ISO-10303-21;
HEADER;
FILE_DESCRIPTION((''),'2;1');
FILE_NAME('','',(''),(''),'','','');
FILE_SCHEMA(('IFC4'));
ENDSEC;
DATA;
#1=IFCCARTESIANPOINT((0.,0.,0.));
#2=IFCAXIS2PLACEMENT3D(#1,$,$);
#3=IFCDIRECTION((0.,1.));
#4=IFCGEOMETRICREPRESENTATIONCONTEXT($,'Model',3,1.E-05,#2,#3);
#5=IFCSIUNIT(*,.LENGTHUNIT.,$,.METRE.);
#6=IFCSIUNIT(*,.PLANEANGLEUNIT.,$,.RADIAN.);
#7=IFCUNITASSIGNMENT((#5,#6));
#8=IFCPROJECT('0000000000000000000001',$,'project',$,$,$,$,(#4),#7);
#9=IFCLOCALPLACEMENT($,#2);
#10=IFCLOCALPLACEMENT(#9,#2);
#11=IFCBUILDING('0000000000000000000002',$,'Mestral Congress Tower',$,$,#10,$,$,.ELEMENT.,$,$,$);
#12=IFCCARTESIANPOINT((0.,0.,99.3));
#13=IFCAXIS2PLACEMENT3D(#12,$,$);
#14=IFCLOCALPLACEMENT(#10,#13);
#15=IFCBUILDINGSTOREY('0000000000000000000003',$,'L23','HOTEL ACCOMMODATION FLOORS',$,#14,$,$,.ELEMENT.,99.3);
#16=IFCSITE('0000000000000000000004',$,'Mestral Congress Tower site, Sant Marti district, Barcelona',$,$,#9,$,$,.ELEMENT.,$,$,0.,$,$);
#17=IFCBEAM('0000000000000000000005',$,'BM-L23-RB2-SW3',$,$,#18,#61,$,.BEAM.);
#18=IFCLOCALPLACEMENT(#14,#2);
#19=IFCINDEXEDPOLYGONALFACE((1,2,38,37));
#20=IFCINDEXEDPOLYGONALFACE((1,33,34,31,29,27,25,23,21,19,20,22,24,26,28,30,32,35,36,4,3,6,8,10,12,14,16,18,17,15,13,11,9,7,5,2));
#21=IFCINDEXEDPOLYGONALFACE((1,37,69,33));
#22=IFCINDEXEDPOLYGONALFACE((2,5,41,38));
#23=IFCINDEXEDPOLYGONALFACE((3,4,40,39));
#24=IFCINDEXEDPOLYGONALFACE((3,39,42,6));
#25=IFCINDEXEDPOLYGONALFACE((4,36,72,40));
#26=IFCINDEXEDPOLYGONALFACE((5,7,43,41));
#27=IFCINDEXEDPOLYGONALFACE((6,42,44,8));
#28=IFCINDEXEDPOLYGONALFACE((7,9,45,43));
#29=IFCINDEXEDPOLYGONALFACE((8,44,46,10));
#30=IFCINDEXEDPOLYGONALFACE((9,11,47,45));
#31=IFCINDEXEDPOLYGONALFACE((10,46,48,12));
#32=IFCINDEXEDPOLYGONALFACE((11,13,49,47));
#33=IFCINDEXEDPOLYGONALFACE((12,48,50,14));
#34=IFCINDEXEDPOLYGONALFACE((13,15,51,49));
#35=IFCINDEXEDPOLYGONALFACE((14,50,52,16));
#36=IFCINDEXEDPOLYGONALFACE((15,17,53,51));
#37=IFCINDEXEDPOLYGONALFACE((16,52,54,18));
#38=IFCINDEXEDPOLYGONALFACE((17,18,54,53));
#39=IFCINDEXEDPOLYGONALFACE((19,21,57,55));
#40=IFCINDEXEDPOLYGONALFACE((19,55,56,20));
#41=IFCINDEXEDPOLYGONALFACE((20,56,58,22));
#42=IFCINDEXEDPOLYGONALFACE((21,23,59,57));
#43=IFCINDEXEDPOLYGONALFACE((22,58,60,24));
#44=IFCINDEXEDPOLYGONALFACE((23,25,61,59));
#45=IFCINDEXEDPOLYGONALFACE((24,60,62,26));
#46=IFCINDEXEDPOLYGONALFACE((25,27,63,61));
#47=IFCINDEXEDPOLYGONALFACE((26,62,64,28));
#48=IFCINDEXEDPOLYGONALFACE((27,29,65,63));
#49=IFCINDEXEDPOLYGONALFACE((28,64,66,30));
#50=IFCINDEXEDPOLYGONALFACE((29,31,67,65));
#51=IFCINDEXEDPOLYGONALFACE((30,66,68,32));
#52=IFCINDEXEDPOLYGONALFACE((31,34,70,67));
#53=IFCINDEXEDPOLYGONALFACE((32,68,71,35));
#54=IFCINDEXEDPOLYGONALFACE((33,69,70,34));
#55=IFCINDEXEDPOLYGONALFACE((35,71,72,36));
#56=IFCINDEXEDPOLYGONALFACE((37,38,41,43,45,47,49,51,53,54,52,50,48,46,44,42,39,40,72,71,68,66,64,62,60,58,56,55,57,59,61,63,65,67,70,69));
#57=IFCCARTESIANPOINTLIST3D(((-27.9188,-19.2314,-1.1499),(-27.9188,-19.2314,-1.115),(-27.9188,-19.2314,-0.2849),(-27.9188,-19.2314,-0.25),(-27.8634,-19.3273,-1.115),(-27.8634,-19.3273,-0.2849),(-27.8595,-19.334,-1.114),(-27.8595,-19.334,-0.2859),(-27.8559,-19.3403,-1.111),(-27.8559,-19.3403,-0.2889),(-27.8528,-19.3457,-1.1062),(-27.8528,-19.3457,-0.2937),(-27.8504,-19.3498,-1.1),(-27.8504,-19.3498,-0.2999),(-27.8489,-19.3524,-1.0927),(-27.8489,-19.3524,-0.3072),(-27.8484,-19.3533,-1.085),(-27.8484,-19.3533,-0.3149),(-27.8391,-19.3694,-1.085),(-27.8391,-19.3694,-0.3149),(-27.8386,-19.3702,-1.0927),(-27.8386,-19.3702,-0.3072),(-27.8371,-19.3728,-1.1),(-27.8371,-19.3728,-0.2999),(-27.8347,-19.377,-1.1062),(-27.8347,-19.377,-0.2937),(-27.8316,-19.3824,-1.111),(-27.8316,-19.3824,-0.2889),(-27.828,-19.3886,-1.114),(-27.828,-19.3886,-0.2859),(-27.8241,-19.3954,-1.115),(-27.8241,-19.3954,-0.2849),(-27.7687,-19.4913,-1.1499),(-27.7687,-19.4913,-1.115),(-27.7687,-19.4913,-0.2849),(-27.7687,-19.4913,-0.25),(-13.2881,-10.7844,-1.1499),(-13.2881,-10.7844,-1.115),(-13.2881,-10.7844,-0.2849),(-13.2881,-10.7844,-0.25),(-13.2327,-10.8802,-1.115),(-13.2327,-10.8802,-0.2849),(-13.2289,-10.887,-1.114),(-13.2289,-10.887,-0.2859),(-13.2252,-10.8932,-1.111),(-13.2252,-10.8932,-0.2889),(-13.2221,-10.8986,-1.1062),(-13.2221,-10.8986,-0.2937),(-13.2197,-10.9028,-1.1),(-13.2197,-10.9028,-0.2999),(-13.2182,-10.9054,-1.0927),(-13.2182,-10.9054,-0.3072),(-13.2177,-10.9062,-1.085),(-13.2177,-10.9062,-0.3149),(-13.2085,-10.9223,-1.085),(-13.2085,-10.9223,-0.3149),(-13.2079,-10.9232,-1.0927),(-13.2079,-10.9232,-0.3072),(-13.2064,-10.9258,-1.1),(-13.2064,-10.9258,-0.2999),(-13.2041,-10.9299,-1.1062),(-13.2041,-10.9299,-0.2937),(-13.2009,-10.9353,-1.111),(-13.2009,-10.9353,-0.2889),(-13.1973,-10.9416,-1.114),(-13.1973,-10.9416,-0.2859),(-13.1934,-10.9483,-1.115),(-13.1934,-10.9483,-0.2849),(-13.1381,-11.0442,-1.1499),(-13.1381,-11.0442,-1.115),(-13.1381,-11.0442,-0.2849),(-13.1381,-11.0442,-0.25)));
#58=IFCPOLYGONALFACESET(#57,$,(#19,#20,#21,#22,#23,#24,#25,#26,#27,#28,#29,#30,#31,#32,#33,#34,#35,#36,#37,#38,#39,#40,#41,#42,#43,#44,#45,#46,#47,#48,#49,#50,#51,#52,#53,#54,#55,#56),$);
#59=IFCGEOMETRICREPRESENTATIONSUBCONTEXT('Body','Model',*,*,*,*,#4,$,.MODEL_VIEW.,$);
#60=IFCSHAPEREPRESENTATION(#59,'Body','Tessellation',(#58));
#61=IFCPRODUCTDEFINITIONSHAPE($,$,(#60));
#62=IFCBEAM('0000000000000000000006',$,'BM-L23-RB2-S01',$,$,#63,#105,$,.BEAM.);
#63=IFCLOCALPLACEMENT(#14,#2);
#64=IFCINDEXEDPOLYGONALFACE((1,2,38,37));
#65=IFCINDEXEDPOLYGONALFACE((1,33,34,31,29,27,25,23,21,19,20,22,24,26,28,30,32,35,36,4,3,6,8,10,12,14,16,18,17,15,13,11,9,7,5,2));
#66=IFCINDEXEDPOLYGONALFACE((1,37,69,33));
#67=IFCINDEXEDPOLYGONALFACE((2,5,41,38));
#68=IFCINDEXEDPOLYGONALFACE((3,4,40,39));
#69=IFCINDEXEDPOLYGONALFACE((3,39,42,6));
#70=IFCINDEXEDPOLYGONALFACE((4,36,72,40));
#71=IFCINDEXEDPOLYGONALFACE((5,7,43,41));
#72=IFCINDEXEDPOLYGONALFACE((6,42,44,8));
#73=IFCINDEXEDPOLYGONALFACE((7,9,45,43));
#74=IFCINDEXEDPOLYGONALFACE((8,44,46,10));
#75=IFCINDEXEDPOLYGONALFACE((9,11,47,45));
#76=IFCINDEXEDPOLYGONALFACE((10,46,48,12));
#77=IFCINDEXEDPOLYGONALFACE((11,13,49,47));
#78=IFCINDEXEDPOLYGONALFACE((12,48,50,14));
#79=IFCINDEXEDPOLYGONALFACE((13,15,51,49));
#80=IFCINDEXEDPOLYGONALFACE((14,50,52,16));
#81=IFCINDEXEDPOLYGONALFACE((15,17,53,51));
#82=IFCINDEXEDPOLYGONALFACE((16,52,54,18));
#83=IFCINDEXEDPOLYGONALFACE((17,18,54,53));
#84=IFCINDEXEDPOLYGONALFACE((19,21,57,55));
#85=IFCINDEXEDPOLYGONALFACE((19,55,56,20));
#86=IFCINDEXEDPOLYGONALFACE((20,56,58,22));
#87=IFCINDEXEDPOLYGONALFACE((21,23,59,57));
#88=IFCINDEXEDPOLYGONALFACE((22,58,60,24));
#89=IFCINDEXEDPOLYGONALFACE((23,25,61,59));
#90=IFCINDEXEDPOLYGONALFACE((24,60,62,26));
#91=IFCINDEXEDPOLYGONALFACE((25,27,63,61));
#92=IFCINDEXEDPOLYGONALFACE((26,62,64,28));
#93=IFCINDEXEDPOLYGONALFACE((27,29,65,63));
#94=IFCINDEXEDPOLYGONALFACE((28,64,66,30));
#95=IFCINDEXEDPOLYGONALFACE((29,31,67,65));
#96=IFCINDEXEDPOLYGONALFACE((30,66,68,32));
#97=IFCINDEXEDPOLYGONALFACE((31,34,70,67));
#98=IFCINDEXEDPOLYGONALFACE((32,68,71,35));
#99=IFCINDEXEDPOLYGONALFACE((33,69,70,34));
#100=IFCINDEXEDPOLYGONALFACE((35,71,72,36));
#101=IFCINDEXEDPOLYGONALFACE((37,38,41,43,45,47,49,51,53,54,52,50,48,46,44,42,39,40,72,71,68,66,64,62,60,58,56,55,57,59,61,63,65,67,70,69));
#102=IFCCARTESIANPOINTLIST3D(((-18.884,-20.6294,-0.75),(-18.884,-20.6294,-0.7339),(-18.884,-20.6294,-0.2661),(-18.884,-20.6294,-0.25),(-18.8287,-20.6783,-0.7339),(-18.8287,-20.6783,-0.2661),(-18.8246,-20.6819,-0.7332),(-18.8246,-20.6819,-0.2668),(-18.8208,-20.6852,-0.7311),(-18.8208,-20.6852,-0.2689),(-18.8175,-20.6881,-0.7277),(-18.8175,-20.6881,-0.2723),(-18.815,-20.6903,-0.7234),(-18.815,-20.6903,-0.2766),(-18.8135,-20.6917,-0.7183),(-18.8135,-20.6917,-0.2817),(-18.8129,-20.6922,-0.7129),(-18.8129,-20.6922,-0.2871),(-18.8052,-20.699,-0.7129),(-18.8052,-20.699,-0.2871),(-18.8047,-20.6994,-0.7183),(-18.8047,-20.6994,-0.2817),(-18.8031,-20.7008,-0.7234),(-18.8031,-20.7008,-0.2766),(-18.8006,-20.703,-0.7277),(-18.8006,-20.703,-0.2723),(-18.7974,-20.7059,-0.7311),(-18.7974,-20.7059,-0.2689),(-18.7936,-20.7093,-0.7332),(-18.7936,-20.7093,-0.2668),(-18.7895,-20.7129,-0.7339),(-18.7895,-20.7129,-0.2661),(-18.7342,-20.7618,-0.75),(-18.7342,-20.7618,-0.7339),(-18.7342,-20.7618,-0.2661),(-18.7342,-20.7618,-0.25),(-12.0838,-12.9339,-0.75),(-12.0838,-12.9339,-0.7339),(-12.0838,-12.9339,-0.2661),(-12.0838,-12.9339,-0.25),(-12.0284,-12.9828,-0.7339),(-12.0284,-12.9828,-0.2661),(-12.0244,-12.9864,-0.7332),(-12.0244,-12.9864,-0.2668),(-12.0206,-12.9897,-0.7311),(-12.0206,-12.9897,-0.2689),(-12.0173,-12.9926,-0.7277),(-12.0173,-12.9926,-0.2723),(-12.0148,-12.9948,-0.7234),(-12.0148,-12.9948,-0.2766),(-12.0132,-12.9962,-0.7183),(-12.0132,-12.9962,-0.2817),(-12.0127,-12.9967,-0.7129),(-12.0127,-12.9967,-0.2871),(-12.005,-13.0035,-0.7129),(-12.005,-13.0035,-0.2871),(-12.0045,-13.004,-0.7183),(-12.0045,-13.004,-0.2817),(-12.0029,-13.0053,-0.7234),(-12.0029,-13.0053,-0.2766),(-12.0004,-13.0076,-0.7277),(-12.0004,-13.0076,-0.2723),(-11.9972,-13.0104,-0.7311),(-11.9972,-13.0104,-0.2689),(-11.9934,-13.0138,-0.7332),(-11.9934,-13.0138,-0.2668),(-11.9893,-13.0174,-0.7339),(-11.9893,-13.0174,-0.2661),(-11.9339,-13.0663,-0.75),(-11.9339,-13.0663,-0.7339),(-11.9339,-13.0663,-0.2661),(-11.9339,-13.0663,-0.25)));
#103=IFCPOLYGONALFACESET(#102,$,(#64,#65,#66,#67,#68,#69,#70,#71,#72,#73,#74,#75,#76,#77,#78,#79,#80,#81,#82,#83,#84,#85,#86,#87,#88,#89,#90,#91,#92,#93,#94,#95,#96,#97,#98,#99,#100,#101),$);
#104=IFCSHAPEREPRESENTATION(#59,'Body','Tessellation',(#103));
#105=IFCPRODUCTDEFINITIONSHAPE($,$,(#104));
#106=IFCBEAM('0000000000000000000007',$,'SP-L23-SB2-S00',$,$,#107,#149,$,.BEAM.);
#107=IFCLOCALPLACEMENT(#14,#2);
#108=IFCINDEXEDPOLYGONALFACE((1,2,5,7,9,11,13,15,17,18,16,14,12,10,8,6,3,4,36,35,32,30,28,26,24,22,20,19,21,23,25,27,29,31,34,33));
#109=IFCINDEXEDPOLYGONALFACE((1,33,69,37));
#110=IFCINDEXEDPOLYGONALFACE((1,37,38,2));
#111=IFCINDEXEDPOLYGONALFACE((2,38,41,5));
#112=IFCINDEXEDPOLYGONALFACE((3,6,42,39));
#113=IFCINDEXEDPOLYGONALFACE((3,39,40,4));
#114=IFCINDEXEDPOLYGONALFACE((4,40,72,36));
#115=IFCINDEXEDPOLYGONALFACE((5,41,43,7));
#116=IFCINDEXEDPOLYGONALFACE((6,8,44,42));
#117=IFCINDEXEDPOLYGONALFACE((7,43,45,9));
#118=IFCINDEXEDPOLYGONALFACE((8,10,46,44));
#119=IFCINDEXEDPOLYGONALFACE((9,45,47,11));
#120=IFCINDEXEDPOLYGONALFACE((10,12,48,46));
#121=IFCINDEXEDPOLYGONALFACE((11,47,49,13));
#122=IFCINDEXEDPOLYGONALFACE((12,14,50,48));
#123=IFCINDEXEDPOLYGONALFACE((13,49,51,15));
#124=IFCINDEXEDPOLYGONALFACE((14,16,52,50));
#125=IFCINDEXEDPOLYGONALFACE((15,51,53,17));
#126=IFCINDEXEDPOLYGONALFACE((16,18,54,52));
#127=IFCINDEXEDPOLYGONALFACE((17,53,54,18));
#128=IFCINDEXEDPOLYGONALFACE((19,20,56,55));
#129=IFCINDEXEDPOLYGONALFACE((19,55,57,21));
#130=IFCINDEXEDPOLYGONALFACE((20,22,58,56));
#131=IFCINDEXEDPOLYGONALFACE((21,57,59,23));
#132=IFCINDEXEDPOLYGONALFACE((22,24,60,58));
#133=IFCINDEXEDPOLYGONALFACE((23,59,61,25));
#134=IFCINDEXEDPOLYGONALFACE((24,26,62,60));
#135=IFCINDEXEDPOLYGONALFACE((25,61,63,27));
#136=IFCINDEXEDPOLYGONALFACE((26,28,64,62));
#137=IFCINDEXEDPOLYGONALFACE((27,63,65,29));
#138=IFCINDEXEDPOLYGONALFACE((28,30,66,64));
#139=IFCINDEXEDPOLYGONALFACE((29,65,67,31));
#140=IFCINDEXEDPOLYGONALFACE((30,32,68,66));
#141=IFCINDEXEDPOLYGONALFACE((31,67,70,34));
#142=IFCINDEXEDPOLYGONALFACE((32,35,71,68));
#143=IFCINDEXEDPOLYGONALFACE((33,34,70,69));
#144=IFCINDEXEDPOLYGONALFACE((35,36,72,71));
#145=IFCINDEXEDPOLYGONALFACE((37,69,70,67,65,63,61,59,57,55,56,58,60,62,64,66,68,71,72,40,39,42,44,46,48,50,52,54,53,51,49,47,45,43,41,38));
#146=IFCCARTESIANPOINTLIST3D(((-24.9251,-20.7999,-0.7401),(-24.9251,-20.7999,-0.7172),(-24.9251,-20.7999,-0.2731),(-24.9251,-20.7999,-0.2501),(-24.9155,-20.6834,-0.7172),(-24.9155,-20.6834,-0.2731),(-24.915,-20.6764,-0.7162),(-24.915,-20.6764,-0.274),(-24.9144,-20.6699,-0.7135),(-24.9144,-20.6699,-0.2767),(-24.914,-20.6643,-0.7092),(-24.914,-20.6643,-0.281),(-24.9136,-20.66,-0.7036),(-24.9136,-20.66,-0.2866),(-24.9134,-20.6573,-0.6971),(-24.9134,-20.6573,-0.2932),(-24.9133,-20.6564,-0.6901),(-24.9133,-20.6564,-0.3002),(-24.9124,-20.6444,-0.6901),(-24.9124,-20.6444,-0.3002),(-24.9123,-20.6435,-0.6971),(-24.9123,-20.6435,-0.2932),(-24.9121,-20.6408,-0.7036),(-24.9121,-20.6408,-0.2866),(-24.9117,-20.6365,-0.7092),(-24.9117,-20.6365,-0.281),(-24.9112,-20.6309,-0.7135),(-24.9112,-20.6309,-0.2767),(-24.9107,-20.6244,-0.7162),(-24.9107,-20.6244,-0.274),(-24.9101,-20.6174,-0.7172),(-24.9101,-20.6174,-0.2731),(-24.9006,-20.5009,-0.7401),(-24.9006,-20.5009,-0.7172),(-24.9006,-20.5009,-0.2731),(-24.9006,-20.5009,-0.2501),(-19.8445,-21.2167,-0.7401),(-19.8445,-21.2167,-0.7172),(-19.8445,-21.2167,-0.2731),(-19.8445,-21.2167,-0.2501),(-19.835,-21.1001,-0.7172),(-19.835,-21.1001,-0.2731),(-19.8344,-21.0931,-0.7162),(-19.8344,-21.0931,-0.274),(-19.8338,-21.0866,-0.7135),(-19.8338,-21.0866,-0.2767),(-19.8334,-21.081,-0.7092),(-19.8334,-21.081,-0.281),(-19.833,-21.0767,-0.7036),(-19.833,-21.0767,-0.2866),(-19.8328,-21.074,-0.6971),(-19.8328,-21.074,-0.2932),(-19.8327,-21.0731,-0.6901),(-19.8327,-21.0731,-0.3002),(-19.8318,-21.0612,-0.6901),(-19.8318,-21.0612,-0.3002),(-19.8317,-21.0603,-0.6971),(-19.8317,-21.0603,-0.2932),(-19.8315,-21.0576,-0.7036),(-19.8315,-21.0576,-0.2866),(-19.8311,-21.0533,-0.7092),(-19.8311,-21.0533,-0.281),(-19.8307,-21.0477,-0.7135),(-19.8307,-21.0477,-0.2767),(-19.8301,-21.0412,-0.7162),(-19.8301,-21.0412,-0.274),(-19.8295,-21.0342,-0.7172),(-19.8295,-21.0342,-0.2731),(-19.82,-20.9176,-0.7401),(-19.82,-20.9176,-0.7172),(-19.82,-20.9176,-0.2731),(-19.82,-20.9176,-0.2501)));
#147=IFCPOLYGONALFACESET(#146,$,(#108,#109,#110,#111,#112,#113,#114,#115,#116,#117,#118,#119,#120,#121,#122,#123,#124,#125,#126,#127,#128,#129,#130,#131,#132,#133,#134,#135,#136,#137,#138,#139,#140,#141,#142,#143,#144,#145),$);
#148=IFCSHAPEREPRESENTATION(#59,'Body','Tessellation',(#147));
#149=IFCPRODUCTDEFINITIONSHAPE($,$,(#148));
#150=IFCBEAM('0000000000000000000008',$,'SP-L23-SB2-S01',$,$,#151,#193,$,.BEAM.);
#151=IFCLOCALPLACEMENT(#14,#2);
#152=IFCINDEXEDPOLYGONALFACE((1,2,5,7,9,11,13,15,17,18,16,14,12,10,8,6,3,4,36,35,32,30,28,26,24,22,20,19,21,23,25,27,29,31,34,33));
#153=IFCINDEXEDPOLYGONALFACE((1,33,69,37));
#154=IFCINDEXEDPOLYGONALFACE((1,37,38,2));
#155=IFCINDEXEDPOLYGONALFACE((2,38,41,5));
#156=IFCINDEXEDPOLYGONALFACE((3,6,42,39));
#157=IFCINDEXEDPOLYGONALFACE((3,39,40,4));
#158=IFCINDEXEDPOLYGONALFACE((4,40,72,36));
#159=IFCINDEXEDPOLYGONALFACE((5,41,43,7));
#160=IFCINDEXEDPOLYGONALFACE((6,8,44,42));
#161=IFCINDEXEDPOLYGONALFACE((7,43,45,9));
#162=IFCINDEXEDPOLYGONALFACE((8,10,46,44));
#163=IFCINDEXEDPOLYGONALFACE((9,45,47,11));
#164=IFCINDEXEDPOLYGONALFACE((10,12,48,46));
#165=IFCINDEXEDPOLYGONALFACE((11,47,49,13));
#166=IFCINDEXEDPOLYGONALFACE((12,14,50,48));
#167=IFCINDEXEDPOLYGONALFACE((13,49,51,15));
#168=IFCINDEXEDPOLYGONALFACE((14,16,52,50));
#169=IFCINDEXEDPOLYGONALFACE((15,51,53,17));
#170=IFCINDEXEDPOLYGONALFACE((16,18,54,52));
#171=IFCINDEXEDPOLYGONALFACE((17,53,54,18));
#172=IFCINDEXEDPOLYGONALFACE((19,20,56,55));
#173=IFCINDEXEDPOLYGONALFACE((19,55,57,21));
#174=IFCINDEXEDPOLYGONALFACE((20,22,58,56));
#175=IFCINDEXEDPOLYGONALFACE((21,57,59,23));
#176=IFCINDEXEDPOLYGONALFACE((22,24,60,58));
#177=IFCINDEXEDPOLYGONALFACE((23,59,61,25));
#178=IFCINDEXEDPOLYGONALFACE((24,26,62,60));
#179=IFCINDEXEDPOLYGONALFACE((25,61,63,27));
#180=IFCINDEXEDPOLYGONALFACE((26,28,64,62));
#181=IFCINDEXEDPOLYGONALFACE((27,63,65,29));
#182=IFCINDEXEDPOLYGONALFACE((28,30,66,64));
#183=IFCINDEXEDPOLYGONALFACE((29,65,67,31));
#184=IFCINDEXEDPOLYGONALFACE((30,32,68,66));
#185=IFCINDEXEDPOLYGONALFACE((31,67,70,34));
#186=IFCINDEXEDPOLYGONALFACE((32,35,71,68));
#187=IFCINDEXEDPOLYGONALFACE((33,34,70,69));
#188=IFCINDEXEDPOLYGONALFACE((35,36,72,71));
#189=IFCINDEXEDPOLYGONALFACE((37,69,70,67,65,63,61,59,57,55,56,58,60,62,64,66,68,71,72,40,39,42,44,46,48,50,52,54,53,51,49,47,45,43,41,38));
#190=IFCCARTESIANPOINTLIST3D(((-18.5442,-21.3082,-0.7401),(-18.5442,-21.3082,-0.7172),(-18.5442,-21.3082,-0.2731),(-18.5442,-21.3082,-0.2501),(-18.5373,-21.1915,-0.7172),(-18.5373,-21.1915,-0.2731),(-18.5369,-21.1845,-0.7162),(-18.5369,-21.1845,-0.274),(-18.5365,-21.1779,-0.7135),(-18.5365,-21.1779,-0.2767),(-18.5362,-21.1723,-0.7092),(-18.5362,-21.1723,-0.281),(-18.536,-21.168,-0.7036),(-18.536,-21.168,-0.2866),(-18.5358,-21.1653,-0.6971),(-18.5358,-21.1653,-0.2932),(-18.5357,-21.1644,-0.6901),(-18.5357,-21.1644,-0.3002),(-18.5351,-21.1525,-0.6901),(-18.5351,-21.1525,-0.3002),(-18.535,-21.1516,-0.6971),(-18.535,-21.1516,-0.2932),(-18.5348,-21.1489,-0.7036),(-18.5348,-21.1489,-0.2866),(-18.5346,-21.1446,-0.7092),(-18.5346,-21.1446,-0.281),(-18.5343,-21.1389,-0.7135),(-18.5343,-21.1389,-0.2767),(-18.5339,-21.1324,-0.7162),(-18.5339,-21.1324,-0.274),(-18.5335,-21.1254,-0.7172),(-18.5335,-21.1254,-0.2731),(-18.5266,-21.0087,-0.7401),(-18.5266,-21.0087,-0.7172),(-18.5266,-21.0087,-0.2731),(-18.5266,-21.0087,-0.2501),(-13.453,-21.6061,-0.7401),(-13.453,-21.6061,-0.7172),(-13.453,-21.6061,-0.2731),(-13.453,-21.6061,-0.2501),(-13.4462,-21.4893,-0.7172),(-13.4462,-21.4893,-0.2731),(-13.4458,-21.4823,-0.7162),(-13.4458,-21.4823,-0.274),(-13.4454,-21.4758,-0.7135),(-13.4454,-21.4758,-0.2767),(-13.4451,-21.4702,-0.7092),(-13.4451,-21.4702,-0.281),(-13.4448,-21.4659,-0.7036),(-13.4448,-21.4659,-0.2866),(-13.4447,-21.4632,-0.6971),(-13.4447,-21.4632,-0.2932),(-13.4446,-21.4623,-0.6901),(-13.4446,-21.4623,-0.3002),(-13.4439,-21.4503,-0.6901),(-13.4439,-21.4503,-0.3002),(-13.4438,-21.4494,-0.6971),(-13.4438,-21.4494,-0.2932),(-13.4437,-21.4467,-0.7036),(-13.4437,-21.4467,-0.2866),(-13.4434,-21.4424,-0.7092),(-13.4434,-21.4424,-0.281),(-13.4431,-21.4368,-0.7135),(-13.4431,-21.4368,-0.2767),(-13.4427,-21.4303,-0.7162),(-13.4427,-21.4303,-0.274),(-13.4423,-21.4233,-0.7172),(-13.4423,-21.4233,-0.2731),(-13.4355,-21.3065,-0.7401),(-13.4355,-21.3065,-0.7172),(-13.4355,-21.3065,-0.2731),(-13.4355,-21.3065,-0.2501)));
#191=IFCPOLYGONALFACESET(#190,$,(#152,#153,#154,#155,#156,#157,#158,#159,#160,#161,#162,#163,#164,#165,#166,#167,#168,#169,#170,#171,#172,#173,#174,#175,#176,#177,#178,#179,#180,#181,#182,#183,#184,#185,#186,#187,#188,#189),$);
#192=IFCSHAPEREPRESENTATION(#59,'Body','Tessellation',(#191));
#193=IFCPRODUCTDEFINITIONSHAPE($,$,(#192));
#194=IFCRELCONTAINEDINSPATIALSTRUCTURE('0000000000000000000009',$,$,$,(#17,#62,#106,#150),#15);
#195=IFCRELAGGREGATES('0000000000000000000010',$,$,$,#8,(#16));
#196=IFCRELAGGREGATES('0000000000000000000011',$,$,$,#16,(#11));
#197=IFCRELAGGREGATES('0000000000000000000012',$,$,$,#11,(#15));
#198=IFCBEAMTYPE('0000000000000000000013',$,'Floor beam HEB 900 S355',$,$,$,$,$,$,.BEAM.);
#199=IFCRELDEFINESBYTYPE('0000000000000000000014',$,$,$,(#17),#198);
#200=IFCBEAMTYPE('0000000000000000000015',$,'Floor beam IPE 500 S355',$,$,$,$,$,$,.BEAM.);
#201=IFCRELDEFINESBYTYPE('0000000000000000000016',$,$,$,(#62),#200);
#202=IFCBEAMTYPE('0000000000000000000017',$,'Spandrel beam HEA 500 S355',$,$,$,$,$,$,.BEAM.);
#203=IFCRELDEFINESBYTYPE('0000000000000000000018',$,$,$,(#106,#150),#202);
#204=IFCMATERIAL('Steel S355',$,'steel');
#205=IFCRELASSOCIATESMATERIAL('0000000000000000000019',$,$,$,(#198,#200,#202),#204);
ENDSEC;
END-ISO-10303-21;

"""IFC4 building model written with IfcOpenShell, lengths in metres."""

from ifc_helpers import new_model, si_unit, direction, frame, origin, origin_2d, place, context, subcontext, project, spatial, i_section, extrude, material, material_profile, profile_set, type_object, element, save


model = new_model("IFC4")

# Units and contexts
model_context = context("Model", 3, precision=1e-05, world=origin(), true_north=direction((0.0, 1.0)))
body_context = subcontext(model_context, "Body", "Model", "MODEL_VIEW")
ifc_project = project(units=[si_unit("LENGTHUNIT", "METRE"), si_unit("PLANEANGLEUNIT", "RADIAN")], contexts=[model_context])

# Site, building, storey
site_placement = place(None, origin())
site = spatial("IfcSite", under=ifc_project, at=site_placement, Name="Mestral Congress Tower site, Sant Marti district, Barcelona", CompositionType="ELEMENT", RefElevation=0.0)
building_placement = place(site_placement, origin())
building = spatial("IfcBuilding", under=site, at=building_placement, Name="Mestral Congress Tower", CompositionType="ELEMENT")
storey_placement = place(building_placement, frame((0.0, 0.0, 99.3)))
storey = spatial("IfcBuildingStorey", under=building, at=storey_placement, Name="L23", Description="HOTEL ACCOMMODATION FLOORS", CompositionType="ELEMENT", Elevation=99.3)

# Beams
ifc_material_1 = material(Name="Steel S355", Category="steel")
ifc_material_profile_1 = material_profile(ifc_material_1, i_section(OverallWidth=0.3, OverallDepth=0.8999, WebThickness=0.0186, FlangeThickness=0.0349, FilletRadius=0.03, at=origin_2d()), Name="HEB 900")
ifc_profile_set_1 = profile_set([ifc_material_profile_1], Name="Steel S355")
beam_type_1 = type_object("IfcBeamType", Name="Floor beam HEB 900 S355", PredefinedType="BEAM", material=ifc_profile_set_1)
beam_1_placement = place(storey_placement, frame((-27.8438, -19.3613, -0.7), z_axis=(0.866025, 0.500001, 0.0), x_axis=(-0.500001, 0.866025, 0.0)))
element("IfcBeam", 1, at=beam_1_placement, inside=storey, type_object=beam_type_1, Name="BM-L23-RB2-SW3", PredefinedType="BEAM", context=body_context, shape_type="SweptSolid", body=[
    extrude(i_section(OverallWidth=0.3, OverallDepth=0.8999, WebThickness=0.0186, FlangeThickness=0.0349, FilletRadius=0.03, at=origin_2d()), origin(), (0.0, 0.0, 1.0), 16.894),
])
ifc_material_profile_2 = material_profile(ifc_material_1, i_section(OverallWidth=0.2, OverallDepth=0.5, WebThickness=0.0103, FlangeThickness=0.0161, FilletRadius=0.021, at=origin_2d()), Name="IPE 500")
ifc_profile_set_2 = profile_set([ifc_material_profile_2], Name="Steel S355")
beam_type_2 = type_object("IfcBeamType", Name="Floor beam IPE 500 S355", PredefinedType="BEAM", material=ifc_profile_set_2)
beam_2_placement = place(storey_placement, frame((-18.8091, -20.6956, -0.5), z_axis=(0.662174, 0.74935, 0.0), x_axis=(-0.74935, 0.662174, 0.0)))
element("IfcBeam", 2, at=beam_2_placement, inside=storey, type_object=beam_type_2, Name="BM-L23-RB2-S01", PredefinedType="BEAM", context=body_context, shape_type="SweptSolid", body=[
    extrude(i_section(OverallWidth=0.2, OverallDepth=0.5, WebThickness=0.0103, FlangeThickness=0.0161, FilletRadius=0.021, at=origin_2d()), origin(), (0.0, 0.0, 1.0), 10.2695),
])
ifc_material_profile_3 = material_profile(ifc_material_1, i_section(OverallWidth=0.3, OverallDepth=0.49, WebThickness=0.012, FlangeThickness=0.0229, FilletRadius=0.0271, at=origin_2d()), Name="HEA 500")
ifc_profile_set_3 = profile_set([ifc_material_profile_3], Name="Steel S355")
beam_type_3 = type_object("IfcBeamType", Name="Spandrel beam HEA 500 S355", PredefinedType="BEAM", material=ifc_profile_set_3)
beam_3_placement = place(storey_placement, frame((-24.9128, -20.6504, -0.4951), z_axis=(0.996653, -0.081753, 0.0), x_axis=(0.081753, 0.996653, 0.0)))
element("IfcBeam", 3, at=beam_3_placement, inside=storey, type_object=beam_type_3, Name="SP-L23-SB2-S00", PredefinedType="BEAM", context=body_context, shape_type="SweptSolid", body=[
    extrude(i_section(OverallWidth=0.3, OverallDepth=0.49, WebThickness=0.012, FlangeThickness=0.0229, FilletRadius=0.0271, at=origin_2d()), origin(), (0.0, 0.0, 1.0), 5.0977),
])
beam_4_placement = place(storey_placement, frame((-18.5354, -21.1584, -0.4951), z_axis=(0.998293, -0.058405, 0.0), x_axis=(0.058405, 0.998293, 0.0)))
element("IfcBeam", 4, at=beam_4_placement, inside=storey, type_object=beam_type_3, Name="SP-L23-SB2-S01", PredefinedType="BEAM", context=body_context, shape_type="SweptSolid", body=[
    extrude(i_section(OverallWidth=0.3, OverallDepth=0.49, WebThickness=0.012, FlangeThickness=0.0229, FilletRadius=0.0271, at=origin_2d()), origin(), (0.0, 0.0, 1.0), 5.0999),
])

save(model, "model.ifc")
